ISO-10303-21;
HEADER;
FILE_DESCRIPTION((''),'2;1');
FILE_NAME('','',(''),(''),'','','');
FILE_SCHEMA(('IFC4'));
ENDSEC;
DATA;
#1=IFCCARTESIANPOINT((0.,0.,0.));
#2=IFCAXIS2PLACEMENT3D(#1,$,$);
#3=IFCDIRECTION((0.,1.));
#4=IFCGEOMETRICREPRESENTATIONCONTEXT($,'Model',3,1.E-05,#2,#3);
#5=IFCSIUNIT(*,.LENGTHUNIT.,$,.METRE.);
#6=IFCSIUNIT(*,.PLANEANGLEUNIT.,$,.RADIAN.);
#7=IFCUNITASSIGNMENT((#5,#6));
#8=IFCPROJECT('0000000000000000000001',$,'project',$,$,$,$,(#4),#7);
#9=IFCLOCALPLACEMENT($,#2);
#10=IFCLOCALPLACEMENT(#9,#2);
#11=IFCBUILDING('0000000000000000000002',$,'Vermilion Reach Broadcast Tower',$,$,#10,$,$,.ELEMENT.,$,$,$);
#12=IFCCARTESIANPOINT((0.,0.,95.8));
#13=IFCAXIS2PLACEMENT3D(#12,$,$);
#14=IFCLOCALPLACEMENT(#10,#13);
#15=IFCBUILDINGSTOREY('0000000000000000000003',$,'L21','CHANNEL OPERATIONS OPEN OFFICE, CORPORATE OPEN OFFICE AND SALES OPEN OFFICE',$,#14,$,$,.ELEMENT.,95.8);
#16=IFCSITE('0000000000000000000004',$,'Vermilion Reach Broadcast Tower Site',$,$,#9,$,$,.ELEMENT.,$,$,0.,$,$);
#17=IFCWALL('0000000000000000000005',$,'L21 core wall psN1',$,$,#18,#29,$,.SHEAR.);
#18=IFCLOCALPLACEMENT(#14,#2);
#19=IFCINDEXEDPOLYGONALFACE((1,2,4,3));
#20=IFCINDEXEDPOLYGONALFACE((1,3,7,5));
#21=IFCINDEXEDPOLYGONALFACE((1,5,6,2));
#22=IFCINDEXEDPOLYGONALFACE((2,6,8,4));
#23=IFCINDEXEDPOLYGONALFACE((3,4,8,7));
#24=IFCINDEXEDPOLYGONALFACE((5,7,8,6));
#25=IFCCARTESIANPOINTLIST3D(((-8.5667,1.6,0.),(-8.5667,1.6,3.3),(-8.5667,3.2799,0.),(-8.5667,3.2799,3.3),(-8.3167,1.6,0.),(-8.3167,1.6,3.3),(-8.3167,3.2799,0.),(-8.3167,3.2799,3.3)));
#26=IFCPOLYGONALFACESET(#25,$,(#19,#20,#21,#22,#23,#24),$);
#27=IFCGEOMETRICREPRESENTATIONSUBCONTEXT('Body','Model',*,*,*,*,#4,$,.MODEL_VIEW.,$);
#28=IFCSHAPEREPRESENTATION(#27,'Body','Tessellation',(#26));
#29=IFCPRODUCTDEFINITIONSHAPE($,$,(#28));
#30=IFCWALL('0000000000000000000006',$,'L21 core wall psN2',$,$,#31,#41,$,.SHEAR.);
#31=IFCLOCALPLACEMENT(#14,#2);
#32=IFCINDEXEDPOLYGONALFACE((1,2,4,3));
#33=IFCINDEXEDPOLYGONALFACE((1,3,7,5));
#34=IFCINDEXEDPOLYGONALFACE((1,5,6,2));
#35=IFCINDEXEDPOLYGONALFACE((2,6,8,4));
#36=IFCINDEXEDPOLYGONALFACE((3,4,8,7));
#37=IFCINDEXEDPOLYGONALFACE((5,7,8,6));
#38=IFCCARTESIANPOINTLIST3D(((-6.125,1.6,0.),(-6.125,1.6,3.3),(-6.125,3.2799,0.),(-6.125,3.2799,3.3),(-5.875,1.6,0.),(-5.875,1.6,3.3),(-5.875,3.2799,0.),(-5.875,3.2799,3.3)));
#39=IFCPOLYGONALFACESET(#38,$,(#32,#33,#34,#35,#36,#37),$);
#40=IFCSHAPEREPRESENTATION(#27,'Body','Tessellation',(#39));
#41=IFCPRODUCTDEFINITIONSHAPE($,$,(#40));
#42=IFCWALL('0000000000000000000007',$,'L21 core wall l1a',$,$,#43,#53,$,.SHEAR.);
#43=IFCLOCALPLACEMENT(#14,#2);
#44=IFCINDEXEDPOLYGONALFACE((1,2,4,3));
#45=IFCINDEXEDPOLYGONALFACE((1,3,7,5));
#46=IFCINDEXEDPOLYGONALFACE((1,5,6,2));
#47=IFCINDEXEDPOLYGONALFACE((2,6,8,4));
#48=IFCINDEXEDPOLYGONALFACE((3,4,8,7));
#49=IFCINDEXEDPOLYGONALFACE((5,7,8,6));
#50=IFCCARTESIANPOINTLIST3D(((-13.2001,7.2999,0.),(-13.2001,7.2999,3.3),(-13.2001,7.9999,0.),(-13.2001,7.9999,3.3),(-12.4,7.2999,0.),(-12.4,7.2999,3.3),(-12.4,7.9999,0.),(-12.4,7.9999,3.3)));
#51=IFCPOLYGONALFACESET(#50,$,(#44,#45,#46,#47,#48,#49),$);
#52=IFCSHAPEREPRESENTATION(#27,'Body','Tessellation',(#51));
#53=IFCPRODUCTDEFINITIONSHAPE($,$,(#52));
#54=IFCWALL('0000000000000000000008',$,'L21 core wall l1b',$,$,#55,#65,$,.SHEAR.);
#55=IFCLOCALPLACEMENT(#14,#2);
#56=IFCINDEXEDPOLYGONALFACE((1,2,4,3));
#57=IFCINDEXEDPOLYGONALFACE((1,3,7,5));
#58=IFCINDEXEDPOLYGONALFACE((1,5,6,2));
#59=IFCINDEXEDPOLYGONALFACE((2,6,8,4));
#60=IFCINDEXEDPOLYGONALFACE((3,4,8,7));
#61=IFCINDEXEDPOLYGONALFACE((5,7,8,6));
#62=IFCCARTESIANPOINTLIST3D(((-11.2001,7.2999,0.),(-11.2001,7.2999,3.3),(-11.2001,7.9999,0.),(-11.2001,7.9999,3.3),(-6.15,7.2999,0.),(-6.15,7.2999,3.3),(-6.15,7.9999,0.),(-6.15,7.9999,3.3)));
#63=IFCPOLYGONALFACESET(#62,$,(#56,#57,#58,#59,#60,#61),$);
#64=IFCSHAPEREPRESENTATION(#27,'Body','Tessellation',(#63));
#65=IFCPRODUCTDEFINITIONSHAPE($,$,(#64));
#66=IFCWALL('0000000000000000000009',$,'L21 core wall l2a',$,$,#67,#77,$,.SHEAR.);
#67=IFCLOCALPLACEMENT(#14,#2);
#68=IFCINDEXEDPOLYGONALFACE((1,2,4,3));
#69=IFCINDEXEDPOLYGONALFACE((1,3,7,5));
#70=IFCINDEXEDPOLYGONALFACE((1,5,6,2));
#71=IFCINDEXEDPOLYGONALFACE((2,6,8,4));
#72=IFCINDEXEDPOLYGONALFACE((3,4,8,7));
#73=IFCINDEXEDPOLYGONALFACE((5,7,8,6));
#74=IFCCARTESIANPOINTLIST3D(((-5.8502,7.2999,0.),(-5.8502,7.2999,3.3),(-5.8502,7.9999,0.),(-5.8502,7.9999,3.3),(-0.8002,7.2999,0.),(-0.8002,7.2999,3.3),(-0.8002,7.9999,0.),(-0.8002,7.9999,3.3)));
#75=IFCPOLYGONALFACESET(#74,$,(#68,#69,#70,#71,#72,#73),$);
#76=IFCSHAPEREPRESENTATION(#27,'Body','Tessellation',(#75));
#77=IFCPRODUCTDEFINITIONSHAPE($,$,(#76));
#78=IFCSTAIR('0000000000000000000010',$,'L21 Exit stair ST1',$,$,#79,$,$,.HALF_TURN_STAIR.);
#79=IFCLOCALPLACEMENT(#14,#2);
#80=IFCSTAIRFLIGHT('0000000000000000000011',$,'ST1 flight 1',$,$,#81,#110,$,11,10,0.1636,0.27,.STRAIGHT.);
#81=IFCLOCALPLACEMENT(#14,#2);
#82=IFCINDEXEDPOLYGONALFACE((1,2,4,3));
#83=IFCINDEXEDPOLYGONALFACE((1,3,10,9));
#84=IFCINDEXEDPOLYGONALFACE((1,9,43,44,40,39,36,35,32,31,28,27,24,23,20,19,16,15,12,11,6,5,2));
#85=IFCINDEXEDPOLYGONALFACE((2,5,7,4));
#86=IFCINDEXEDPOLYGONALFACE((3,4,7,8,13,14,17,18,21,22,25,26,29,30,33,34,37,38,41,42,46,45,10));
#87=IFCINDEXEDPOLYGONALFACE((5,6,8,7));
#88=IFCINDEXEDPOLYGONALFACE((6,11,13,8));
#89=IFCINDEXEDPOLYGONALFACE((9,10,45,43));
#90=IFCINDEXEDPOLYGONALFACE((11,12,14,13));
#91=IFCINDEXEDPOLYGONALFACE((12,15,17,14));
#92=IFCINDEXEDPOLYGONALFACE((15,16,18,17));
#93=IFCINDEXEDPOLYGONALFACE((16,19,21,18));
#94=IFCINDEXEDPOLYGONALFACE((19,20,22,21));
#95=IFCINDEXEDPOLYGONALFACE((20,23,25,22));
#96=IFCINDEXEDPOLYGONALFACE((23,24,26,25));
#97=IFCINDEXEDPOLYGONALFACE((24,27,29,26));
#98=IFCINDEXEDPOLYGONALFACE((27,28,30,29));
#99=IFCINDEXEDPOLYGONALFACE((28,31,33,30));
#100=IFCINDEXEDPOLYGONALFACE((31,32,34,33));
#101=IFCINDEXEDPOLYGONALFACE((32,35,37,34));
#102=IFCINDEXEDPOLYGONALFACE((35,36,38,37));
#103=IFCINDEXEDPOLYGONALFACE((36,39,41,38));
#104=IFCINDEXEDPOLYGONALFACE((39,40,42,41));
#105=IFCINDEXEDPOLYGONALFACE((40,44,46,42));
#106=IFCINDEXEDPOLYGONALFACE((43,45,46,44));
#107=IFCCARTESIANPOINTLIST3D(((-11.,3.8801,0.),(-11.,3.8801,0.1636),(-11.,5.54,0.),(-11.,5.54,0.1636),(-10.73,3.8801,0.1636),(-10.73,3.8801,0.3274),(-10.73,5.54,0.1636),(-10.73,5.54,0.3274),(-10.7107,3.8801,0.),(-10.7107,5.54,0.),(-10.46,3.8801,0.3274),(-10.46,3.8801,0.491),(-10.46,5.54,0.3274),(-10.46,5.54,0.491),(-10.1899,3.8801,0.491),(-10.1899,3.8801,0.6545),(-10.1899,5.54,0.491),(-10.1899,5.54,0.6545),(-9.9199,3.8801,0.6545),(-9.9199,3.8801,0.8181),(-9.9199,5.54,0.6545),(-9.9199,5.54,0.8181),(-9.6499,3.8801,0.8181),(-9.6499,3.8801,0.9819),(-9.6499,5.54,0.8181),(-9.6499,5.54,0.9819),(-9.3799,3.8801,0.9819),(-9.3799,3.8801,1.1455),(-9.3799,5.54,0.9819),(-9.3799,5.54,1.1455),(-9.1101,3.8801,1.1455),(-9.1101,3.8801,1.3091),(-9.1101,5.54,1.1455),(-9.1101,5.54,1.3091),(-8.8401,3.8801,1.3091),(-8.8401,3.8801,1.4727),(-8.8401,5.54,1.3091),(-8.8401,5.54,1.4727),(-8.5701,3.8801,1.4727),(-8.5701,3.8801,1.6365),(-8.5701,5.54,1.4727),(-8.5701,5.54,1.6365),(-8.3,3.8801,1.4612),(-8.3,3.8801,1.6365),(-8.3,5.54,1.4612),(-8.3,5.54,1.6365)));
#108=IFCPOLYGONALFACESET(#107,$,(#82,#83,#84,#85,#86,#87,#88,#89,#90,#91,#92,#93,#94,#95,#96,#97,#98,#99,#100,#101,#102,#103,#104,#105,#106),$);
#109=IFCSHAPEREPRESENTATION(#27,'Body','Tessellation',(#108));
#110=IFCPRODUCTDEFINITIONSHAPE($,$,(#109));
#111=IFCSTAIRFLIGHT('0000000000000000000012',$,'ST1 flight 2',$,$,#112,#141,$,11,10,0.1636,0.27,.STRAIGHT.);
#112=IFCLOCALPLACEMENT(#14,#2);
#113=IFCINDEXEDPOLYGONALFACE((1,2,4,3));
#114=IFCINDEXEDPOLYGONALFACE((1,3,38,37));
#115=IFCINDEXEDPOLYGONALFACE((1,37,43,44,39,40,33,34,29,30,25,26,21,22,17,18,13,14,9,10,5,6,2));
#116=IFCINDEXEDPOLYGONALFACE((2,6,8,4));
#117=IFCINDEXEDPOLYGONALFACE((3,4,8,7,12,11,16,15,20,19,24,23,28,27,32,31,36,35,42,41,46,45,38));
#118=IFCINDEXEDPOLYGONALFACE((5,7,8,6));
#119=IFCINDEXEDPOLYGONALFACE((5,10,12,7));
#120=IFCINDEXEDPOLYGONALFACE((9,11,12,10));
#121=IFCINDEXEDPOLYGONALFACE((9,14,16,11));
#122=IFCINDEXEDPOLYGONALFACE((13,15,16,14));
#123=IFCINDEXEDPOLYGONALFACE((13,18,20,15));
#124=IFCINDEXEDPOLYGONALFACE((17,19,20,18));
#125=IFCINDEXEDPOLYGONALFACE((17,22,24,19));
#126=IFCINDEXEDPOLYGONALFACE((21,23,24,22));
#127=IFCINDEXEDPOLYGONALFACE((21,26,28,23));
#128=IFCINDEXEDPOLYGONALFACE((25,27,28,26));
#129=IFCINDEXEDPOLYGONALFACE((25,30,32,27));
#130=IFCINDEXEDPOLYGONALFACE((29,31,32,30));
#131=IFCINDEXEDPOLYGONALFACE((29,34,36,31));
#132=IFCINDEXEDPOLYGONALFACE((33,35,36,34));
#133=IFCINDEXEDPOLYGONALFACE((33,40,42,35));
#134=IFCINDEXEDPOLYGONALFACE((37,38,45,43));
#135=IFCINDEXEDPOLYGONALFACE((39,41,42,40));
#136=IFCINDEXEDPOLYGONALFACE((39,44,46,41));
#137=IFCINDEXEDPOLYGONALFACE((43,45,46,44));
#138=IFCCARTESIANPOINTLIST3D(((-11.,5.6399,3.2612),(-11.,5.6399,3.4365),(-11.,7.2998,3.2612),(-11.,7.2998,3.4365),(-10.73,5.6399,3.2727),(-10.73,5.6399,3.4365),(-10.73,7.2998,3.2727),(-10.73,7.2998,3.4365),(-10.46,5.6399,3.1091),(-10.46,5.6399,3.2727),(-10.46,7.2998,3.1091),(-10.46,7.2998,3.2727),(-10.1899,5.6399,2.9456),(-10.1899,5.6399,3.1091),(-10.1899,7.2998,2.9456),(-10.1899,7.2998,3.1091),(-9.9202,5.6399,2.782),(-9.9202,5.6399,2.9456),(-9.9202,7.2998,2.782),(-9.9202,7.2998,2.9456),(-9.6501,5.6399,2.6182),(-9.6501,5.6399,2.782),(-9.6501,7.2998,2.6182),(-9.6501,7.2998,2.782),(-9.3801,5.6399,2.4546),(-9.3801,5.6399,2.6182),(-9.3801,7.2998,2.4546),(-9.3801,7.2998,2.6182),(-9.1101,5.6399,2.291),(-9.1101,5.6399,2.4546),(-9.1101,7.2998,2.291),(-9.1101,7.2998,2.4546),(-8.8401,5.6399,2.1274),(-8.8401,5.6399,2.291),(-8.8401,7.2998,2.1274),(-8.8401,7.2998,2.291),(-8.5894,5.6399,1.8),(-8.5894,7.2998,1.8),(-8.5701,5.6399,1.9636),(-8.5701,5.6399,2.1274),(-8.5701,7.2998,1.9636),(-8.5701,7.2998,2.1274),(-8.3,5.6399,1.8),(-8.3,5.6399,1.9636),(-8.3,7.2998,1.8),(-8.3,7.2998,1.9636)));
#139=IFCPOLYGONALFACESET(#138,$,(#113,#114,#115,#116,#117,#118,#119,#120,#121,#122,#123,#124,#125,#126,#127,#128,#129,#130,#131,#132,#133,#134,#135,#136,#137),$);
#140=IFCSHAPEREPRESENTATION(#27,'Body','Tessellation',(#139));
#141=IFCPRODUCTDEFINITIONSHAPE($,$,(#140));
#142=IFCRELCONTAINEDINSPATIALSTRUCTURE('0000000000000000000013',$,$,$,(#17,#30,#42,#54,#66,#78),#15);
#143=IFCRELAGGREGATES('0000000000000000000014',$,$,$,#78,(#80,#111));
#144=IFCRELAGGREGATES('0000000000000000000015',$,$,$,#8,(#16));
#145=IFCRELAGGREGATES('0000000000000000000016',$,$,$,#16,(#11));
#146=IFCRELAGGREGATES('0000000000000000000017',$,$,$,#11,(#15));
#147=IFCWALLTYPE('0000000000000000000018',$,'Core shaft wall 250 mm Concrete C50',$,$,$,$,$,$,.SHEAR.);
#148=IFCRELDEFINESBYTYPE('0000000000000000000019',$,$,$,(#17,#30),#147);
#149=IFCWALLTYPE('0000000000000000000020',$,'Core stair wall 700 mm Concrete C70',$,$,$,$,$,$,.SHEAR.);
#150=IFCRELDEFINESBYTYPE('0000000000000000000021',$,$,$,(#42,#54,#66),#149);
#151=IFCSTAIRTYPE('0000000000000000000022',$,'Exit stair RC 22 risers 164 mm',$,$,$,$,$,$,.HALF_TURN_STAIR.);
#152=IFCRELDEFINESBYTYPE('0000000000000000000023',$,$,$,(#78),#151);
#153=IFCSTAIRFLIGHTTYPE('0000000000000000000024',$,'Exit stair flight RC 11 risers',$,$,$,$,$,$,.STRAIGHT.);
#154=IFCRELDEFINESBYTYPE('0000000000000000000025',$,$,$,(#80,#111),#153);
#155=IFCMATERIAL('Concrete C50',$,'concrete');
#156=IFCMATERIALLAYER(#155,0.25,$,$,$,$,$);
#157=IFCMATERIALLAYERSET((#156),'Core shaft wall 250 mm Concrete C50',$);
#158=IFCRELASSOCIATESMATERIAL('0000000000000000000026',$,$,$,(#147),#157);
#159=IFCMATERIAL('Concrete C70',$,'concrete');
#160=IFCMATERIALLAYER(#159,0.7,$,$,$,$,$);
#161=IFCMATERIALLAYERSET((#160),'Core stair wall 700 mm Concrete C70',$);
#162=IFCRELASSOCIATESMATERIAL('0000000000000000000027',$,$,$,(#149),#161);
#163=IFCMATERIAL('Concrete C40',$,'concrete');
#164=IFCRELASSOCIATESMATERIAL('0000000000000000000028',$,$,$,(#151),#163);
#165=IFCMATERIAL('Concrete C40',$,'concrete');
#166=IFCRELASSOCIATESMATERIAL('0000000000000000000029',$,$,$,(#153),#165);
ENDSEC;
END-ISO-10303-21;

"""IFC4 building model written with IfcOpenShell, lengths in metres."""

from ifc_helpers import new_model, si_unit, direction, frame, frame_2d, origin, place, context, subcontext, project, spatial, polyline, rectangle, outline, extrude, material, layer, layer_set, type_object, element, aggregate, save


model = new_model("IFC4")

# Units and contexts
model_context = context("Model", 3, precision=1e-05, world=origin(), true_north=direction((0.0, 1.0)))
body_context = subcontext(model_context, "Body", "Model", "MODEL_VIEW")
ifc_project = project(units=[si_unit("LENGTHUNIT", "METRE"), si_unit("PLANEANGLEUNIT", "RADIAN")], contexts=[model_context])

# Site, building, storey
site_placement = place(None, origin())
site = spatial("IfcSite", under=ifc_project, at=site_placement, Name="Vermilion Reach Broadcast Tower Site", CompositionType="ELEMENT", RefElevation=0.0)
building_placement = place(site_placement, origin())
building = spatial("IfcBuilding", under=site, at=building_placement, Name="Vermilion Reach Broadcast Tower", CompositionType="ELEMENT")
storey_placement = place(building_placement, frame((0.0, 0.0, 95.8)))
storey = spatial("IfcBuildingStorey", under=building, at=storey_placement, Name="L21", Description="CHANNEL OPERATIONS OPEN OFFICE, CORPORATE OPEN OFFICE AND SALES OPEN OFFICE", CompositionType="ELEMENT", Elevation=95.8)

# Shared definitions
placement = place(storey_placement, origin())

# Walls
ifc_material_1 = material(Name="Concrete C50", Category="concrete")
ifc_layer_1 = layer(ifc_material_1, 0.25)
ifc_layer_set_1 = layer_set([ifc_layer_1], Name="Core shaft wall 250 mm Concrete C50")
wall_type_1 = type_object("IfcWallType", Name="Core shaft wall 250 mm Concrete C50", PredefinedType="SHEAR", material=ifc_layer_set_1)
for number, where, z_axis, x_axis, name in (
    (1, (-8.4417, 1.6001, 0.0), (0.0, 0.0, 1.0), (0.0, 1.0, 0.0), "L21 core wall psN1"),
    (2, (-6.0, 1.6001, 0.0), (0.0, 0.0, 1.0), (0.0, 1.0, 0.0), "L21 core wall psN2"),
):
    element("IfcWall", number, at=place(storey_placement, frame(where, z_axis=z_axis, x_axis=x_axis)), inside=storey, type_object=wall_type_1, Name=name, PredefinedType="SHEAR", context=body_context, shape_type="SweptSolid", body=[
        extrude(rectangle(XDim=1.6799, YDim=0.25, at=frame_2d((0.8398, 0.0))), origin(), (0.0, 0.0, 1.0), 3.3),
    ])
ifc_material_2 = material(Name="Concrete C70", Category="concrete")
ifc_layer_2 = layer(ifc_material_2, 0.7)
ifc_layer_set_2 = layer_set([ifc_layer_2], Name="Core stair wall 700 mm Concrete C70")
wall_type_2 = type_object("IfcWallType", Name="Core stair wall 700 mm Concrete C70", PredefinedType="SHEAR", material=ifc_layer_set_2)
wall_1_placement = place(storey_placement, frame((-13.2, 7.6499, 0.0), z_axis=(0.0, 0.0, 1.0), x_axis=(1.0, 0.0, 0.0)))
element("IfcWall", 3, at=wall_1_placement, inside=storey, type_object=wall_type_2, Name="L21 core wall l1a", PredefinedType="SHEAR", context=body_context, shape_type="SweptSolid", body=[
    extrude(rectangle(XDim=0.8, YDim=0.7, at=frame_2d((0.3999, 0.0))), origin(), (0.0, 0.0, 1.0), 3.3),
])
for number, where, z_axis, x_axis, name in (
    (4, (-11.2, 7.6499, 0.0), (0.0, 0.0, 1.0), (1.0, 0.0, 0.0), "L21 core wall l1b"),
    (5, (-5.8501, 7.6499, 0.0), (0.0, 0.0, 1.0), (1.0, 0.0, 0.0), "L21 core wall l2a"),
):
    element("IfcWall", number, at=place(storey_placement, frame(where, z_axis=z_axis, x_axis=x_axis)), inside=storey, type_object=wall_type_2, Name=name, PredefinedType="SHEAR", context=body_context, shape_type="SweptSolid", body=[
        extrude(rectangle(XDim=5.05, YDim=0.7, at=frame_2d((2.5249, 0.0))), origin(), (0.0, 0.0, 1.0), 3.3),
    ])

# Stair, stair flights
ifc_material_3 = material(Name="Concrete C40", Category="concrete")
stair_type = type_object("IfcStairType", Name="Exit stair RC 22 risers 164 mm", PredefinedType="HALF_TURN_STAIR", material=ifc_material_3)
stair = element("IfcStair", 6, at=placement, inside=storey, type_object=stair_type, Name="L21 Exit stair ST1", PredefinedType="HALF_TURN_STAIR")
ifc_material_4 = material(Name="Concrete C40", Category="concrete")
stair_flight_type = type_object("IfcStairFlightType", Name="Exit stair flight RC 11 risers", PredefinedType="STRAIGHT", material=ifc_material_4)
stair_flight_1_placement = place(storey_placement, frame((-11.0, 4.71, 0.0), z_axis=(0.0, 0.0, 1.0), x_axis=(1.0, 0.0, 0.0)))
stair_flight_1 = element("IfcStairFlight", 7, at=stair_flight_1_placement, type_object=stair_flight_type, Name="ST1 flight 1", NumberOfRisers=11, NumberOfTreads=10, PredefinedType="STRAIGHT", RiserHeight=0.1636, TreadLength=0.27, context=body_context, shape_type="SweptSolid", body=[
    extrude(outline(polyline([(0.0, 0.0), (0.0, 0.1636), (0.27, 0.1636), (0.27, 0.3274), (0.54, 0.3274), (0.54, 0.491), (0.8101, 0.491), (0.8101, 0.6545), (1.0801, 0.6545), (1.0801, 0.8181), (1.3501, 0.8181), (1.3501, 0.9819), (1.6201, 0.9819), (1.6201, 1.1455), (1.8899, 1.1455), (1.8899, 1.3091), (2.1599, 1.3091), (2.1599, 1.4727), (2.4299, 1.4727), (2.4299, 1.6365), (2.7, 1.6365), (2.7, 1.8), (2.7, 1.4612), (0.2893, 0.0), (0.0, 0.0)])), frame((0.0, 0.8301, 0.0), z_axis=(0.0, -1.0, 0.0), x_axis=(1.0, 0.0, 0.0)), (0.0, 0.0, 1.0), 1.6599),
])
stair_flight_2_placement = place(storey_placement, frame((-8.3, 6.47, 1.8), z_axis=(0.0, 0.0, 1.0), x_axis=(-1.0, 0.0, 0.0)))
stair_flight_2 = element("IfcStairFlight", 8, at=stair_flight_2_placement, type_object=stair_flight_type, Name="ST1 flight 2", NumberOfRisers=11, NumberOfTreads=10, PredefinedType="STRAIGHT", RiserHeight=0.1636, TreadLength=0.27, context=body_context, shape_type="SweptSolid", body=[
    extrude(outline(polyline([(0.0, 0.0), (0.0, 0.1636), (0.27, 0.1636), (0.27, 0.3274), (0.54, 0.3274), (0.54, 0.491), (0.8101, 0.491), (0.8101, 0.6545), (1.0801, 0.6545), (1.0801, 0.8181), (1.3501, 0.8181), (1.3501, 0.9819), (1.6201, 0.9819), (1.6201, 1.1455), (1.8899, 1.1455), (1.8899, 1.3091), (2.1599, 1.3091), (2.1599, 1.4727), (2.4299, 1.4727), (2.4299, 1.6365), (2.7, 1.6365), (2.7, 1.8), (2.7, 1.4612), (0.2893, 0.0), (0.0, 0.0)])), frame((0.0, 0.8301, 0.0), z_axis=(0.0, -1.0, 0.0), x_axis=(1.0, 0.0, 0.0)), (0.0, 0.0, 1.0), 1.6599),
])
aggregate(stair, [stair_flight_1, stair_flight_2])

save(model, "model.ifc")
